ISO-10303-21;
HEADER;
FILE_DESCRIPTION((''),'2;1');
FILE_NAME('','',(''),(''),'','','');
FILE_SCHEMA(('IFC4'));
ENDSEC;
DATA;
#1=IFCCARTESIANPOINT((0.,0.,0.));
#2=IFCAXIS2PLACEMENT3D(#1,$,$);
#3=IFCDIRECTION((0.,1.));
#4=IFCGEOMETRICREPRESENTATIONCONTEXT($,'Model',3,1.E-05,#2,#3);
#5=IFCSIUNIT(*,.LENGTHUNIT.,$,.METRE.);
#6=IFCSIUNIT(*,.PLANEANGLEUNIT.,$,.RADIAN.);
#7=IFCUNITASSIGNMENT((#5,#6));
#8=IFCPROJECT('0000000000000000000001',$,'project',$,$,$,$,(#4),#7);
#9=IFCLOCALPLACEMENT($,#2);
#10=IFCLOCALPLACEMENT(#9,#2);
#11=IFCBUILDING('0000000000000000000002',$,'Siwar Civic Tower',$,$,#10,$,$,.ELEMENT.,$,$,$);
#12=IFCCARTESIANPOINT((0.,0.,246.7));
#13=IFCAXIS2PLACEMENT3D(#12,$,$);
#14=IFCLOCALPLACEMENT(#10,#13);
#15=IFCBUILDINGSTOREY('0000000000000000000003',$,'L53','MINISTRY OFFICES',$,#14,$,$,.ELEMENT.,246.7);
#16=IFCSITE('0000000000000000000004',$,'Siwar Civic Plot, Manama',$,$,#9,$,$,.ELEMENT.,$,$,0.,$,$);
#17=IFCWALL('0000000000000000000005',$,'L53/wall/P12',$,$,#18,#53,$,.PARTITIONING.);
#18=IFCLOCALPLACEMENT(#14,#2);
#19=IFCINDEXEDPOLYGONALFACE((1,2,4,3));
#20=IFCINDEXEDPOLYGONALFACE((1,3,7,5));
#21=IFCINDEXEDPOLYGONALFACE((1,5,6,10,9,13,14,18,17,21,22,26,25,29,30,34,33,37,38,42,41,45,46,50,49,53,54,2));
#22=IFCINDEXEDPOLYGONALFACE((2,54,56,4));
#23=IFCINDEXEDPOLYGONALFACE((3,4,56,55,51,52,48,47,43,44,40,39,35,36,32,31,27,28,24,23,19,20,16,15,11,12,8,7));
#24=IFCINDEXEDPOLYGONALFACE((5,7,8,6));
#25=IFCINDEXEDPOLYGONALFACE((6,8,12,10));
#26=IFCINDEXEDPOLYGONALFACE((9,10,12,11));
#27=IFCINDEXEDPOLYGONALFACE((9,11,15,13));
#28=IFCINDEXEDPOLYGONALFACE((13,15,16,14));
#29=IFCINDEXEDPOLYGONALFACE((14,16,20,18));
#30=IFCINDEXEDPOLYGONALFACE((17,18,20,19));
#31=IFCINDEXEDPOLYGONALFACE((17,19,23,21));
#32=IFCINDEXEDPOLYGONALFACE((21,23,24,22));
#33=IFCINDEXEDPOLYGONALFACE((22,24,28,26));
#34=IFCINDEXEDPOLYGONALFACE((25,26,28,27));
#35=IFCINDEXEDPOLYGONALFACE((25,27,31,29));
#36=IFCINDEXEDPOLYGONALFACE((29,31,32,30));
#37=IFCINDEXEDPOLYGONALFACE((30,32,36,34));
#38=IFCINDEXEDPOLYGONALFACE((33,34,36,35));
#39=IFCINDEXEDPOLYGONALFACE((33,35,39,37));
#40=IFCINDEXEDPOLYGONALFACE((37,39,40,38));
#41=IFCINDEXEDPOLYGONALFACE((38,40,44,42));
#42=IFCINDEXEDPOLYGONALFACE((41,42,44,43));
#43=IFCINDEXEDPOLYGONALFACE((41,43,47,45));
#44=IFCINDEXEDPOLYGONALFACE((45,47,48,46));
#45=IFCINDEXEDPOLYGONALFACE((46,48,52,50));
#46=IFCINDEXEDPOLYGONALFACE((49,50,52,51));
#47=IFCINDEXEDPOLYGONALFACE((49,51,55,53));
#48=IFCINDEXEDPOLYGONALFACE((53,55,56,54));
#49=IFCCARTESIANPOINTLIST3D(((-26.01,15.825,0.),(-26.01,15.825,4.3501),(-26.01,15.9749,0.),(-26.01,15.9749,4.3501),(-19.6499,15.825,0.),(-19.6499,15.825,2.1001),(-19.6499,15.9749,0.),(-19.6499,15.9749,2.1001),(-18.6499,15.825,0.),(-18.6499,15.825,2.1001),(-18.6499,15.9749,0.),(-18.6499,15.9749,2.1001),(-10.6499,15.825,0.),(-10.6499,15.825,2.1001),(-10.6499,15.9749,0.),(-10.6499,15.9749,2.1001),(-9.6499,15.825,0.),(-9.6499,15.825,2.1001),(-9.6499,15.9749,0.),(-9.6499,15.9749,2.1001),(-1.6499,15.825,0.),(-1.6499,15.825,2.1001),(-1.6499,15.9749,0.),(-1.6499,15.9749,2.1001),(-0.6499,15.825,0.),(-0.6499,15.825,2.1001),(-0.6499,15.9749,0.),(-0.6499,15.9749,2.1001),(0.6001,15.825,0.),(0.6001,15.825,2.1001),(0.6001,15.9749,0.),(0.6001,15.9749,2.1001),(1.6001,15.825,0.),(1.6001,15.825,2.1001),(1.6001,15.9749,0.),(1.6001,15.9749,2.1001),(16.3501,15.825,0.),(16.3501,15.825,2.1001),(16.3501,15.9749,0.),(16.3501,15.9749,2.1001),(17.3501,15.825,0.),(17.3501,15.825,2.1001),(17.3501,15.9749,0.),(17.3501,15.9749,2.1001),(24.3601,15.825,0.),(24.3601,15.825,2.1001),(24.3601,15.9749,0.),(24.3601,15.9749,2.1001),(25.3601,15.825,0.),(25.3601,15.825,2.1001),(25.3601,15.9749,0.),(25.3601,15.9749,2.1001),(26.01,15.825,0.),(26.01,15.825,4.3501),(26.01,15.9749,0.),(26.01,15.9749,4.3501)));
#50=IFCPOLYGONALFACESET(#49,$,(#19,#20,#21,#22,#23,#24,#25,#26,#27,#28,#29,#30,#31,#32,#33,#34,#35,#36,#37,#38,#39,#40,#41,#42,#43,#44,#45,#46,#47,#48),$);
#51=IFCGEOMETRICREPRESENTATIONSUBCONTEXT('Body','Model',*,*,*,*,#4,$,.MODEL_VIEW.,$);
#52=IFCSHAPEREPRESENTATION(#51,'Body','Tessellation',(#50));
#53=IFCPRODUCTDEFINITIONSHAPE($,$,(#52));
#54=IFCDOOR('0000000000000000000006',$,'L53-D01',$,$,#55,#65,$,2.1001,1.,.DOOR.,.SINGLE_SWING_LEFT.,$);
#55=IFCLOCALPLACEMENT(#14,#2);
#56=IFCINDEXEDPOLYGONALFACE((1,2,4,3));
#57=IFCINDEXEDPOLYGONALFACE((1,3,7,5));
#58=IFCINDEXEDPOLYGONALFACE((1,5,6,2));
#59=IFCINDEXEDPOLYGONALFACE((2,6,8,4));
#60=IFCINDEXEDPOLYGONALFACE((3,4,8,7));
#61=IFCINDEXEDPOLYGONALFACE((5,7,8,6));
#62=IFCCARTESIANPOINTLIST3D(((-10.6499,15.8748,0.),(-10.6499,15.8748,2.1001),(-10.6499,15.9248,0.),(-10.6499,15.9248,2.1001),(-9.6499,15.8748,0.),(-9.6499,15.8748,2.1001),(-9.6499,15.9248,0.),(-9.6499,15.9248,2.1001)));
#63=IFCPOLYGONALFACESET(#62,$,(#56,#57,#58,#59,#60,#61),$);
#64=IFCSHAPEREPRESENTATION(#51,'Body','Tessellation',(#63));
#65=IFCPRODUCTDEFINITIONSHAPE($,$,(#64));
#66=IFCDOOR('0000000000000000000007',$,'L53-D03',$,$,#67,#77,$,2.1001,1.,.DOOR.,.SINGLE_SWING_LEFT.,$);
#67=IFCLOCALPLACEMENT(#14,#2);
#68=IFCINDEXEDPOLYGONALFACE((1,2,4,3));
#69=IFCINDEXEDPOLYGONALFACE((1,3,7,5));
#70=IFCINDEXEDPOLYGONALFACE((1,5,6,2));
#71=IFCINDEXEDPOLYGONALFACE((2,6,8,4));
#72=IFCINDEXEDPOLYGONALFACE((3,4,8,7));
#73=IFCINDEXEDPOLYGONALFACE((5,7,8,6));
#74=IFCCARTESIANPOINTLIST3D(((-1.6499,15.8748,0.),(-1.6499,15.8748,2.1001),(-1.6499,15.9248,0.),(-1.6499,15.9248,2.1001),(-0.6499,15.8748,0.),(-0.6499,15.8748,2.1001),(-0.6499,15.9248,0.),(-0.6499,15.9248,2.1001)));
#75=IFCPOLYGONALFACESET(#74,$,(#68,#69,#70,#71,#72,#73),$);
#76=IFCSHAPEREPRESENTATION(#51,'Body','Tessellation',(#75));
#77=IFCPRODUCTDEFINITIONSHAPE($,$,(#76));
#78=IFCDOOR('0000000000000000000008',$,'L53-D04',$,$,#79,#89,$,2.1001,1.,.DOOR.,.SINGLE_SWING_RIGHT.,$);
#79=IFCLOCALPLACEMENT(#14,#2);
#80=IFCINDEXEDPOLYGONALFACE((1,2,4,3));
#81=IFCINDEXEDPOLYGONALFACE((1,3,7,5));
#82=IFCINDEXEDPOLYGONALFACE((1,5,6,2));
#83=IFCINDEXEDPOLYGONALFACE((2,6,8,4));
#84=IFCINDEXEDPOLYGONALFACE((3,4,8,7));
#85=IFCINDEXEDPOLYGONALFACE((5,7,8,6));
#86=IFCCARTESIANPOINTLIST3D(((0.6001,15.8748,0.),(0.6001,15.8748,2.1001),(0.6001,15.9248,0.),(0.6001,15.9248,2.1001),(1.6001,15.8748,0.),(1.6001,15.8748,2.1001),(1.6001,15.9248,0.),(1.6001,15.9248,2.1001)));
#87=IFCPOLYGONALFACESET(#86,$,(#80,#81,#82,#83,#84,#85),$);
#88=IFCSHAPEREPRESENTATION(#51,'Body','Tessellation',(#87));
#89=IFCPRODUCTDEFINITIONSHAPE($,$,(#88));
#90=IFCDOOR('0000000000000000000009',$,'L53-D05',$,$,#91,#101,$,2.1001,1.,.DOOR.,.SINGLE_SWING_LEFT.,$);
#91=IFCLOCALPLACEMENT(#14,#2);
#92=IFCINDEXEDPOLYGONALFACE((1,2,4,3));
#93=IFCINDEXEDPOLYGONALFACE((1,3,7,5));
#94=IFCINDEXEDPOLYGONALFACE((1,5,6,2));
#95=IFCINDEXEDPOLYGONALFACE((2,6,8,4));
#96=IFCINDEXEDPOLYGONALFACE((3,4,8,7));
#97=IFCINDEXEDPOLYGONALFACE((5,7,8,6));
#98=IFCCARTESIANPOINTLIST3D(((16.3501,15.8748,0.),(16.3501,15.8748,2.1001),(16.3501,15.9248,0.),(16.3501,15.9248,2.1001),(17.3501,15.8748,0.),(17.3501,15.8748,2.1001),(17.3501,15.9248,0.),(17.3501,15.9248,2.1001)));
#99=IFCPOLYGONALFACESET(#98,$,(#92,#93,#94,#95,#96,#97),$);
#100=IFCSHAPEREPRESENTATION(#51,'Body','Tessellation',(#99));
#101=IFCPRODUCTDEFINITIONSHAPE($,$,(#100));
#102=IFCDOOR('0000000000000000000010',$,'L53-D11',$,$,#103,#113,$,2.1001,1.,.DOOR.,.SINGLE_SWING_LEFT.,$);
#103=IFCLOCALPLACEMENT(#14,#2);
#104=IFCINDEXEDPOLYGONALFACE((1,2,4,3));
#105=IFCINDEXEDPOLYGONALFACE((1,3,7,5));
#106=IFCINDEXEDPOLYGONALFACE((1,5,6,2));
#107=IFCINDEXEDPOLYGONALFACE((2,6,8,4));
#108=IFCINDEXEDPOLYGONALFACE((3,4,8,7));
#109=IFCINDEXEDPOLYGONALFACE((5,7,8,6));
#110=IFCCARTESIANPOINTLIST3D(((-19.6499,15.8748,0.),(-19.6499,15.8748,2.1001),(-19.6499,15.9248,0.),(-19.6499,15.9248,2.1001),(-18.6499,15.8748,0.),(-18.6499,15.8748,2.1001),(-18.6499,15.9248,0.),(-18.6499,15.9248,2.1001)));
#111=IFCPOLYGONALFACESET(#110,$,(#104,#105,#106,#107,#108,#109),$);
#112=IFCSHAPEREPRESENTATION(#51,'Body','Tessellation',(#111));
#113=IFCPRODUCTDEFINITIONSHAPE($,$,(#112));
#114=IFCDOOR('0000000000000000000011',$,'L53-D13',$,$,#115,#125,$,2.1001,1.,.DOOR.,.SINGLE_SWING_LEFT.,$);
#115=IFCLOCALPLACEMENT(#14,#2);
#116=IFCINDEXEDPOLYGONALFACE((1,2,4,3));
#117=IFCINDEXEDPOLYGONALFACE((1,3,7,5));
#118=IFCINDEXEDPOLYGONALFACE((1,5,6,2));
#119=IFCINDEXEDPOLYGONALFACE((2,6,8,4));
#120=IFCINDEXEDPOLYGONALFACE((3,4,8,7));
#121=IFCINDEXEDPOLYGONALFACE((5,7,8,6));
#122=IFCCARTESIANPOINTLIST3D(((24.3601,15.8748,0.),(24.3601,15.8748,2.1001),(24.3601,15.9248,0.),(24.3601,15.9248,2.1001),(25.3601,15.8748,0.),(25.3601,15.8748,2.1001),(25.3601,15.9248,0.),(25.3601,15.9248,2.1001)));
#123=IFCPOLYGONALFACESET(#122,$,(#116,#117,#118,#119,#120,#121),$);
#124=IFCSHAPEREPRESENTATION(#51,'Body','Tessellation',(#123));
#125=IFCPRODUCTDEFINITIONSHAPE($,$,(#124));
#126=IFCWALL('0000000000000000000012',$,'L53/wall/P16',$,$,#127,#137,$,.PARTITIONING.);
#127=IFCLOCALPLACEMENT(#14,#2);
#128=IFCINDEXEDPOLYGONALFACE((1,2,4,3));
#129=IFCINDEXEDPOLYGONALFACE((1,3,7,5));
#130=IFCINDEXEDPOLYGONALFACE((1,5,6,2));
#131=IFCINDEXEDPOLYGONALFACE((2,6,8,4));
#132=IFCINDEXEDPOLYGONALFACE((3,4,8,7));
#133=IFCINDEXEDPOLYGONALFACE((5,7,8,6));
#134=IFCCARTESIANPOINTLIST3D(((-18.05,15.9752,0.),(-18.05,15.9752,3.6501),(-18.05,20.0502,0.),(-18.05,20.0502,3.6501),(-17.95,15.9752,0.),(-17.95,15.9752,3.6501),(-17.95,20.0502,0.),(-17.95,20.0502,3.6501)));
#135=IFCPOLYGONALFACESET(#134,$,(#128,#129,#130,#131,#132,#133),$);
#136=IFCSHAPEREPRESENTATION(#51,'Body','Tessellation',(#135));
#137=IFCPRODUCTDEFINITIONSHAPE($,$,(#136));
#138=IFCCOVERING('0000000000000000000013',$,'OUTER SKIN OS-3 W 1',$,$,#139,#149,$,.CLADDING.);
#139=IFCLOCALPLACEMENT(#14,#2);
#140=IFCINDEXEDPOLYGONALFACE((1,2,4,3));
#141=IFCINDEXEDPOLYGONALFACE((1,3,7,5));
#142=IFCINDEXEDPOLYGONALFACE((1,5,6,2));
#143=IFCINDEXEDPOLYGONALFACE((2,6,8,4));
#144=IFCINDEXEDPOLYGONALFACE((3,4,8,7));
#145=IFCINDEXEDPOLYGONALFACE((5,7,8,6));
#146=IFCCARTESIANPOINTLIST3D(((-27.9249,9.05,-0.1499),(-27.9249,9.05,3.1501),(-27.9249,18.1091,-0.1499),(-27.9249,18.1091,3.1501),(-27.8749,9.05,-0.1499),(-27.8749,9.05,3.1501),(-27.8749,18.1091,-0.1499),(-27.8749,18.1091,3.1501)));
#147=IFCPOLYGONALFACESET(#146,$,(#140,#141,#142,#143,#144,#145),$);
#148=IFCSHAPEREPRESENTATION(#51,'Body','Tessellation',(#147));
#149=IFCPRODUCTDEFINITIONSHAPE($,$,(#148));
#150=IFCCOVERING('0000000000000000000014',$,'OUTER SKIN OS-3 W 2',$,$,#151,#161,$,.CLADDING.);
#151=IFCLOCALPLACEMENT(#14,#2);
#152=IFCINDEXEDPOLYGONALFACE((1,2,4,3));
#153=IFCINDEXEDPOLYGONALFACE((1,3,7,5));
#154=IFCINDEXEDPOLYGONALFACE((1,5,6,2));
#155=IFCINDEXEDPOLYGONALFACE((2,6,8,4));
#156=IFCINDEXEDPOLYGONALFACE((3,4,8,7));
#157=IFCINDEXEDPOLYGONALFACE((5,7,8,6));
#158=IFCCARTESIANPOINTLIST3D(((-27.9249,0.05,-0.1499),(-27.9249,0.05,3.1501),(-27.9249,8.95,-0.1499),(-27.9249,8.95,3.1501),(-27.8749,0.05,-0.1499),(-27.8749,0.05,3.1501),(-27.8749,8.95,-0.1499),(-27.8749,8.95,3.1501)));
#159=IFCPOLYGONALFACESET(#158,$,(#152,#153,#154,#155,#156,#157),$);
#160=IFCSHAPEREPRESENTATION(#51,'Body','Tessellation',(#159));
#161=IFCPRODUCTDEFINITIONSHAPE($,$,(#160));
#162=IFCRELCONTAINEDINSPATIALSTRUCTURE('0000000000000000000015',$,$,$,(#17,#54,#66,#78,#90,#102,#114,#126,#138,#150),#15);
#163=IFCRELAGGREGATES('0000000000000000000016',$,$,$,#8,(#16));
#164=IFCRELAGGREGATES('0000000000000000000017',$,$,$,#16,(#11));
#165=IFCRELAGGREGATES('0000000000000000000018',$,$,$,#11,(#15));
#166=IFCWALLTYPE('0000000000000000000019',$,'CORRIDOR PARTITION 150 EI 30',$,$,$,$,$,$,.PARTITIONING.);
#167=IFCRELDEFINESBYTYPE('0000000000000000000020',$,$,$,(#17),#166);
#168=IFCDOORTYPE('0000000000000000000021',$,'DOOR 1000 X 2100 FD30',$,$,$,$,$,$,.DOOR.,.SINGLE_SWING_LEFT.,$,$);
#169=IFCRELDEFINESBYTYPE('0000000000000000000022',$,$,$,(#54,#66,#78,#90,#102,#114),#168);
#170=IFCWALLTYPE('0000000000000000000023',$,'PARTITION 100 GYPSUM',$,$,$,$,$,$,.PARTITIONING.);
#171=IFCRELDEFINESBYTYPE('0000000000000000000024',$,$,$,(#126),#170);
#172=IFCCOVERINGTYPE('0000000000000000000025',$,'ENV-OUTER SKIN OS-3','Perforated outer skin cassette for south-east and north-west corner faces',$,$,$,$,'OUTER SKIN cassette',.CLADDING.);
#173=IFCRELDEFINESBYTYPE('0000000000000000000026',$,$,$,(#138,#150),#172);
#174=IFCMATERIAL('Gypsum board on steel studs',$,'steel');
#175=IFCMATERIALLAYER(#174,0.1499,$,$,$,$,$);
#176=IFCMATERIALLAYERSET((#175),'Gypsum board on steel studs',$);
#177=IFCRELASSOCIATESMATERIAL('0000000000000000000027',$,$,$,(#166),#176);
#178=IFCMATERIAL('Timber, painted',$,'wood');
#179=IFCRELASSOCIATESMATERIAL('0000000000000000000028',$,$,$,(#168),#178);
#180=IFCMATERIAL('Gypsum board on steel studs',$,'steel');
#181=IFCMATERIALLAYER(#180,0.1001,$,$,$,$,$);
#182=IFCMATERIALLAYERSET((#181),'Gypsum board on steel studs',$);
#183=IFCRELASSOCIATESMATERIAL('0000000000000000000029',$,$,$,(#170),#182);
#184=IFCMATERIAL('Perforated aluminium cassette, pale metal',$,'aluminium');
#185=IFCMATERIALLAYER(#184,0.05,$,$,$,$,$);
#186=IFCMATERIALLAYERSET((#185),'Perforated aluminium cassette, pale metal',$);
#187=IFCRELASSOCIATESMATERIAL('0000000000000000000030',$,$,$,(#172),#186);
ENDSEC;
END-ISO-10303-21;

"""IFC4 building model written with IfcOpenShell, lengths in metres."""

from ifc_helpers import new_model, si_unit, direction, frame, frame_2d, origin, origin_2d, place, context, subcontext, project, spatial, rectangle, extrude, material, layer, layer_set, type_object, element, fill, save


model = new_model("IFC4")

# Units and contexts
model_context = context("Model", 3, precision=1e-05, world=origin(), true_north=direction((0.0, 1.0)))
body_context = subcontext(model_context, "Body", "Model", "MODEL_VIEW")
ifc_project = project(units=[si_unit("LENGTHUNIT", "METRE"), si_unit("PLANEANGLEUNIT", "RADIAN")], contexts=[model_context])

# Site, building, storey
site_placement = place(None, origin())
site = spatial("IfcSite", under=ifc_project, at=site_placement, Name="Siwar Civic Plot, Manama", CompositionType="ELEMENT", RefElevation=0.0)
building_placement = place(site_placement, origin())
building = spatial("IfcBuilding", under=site, at=building_placement, Name="Siwar Civic Tower", CompositionType="ELEMENT")
storey_placement = place(building_placement, frame((0.0, 0.0, 246.7)))
storey = spatial("IfcBuildingStorey", under=building, at=storey_placement, Name="L53", Description="MINISTRY OFFICES", CompositionType="ELEMENT", Elevation=246.7)

# Shared definitions
ifc_material_1 = material(Name="Gypsum board on steel studs", Category="steel")
ifc_layer_1 = layer(ifc_material_1, 0.1499)
ifc_layer_set_1 = layer_set([ifc_layer_1], Name="Gypsum board on steel studs")
wall_type_1 = type_object("IfcWallType", Name="CORRIDOR PARTITION 150 EI 30", PredefinedType="PARTITIONING", material=ifc_layer_set_1)

# Wall, openings, doors
wall_1_placement = place(storey_placement, frame((-26.01, 15.8999, 0.0), z_axis=(0.0, 0.0, 1.0), x_axis=(1.0, 0.0, 0.0)))
wall_1 = element("IfcWall", 1, at=wall_1_placement, inside=storey, type_object=wall_type_1, Name="L53/wall/P12", PredefinedType="PARTITIONING", context=body_context, shape_type="SweptSolid", body=[
    extrude(rectangle(XDim=52.02, YDim=0.1499, at=frame_2d((26.01, 0.0))), origin(), (0.0, 0.0, 1.0), 4.3501),
])
opening_1_placement = place(wall_1_placement, frame((15.3601, 0.0, 0.0)))
opening_1 = element("IfcOpeningElement", 2, at=opening_1_placement, cuts=wall_1, PredefinedType="OPENING", context=body_context, shape_type="SweptSolid", body=[
    extrude(rectangle(XDim=1.0, YDim=2.1001, at=frame_2d((0.5, 1.05))), frame((0.0, 0.085, 0.0), z_axis=(0.0, -1.0, 0.0), x_axis=(1.0, 0.0, 0.0)), (0.0, 0.0, 1.0), 0.1699),
])
opening_2_placement = place(wall_1_placement, frame((24.3601, 0.0, 0.0)))
opening_2 = element("IfcOpeningElement", 3, at=opening_2_placement, cuts=wall_1, PredefinedType="OPENING", context=body_context, shape_type="SweptSolid", body=[
    extrude(rectangle(XDim=1.0, YDim=2.1001, at=frame_2d((0.5, 1.05))), frame((0.0, 0.085, 0.0), z_axis=(0.0, -1.0, 0.0), x_axis=(1.0, 0.0, 0.0)), (0.0, 0.0, 1.0), 0.1699),
])
opening_3_placement = place(wall_1_placement, frame((26.6101, 0.0, 0.0)))
opening_3 = element("IfcOpeningElement", 4, at=opening_3_placement, cuts=wall_1, PredefinedType="OPENING", context=body_context, shape_type="SweptSolid", body=[
    extrude(rectangle(XDim=1.0, YDim=2.1001, at=frame_2d((0.5, 1.05))), frame((0.0, 0.085, 0.0), z_axis=(0.0, -1.0, 0.0), x_axis=(1.0, 0.0, 0.0)), (0.0, 0.0, 1.0), 0.1699),
])
opening_4_placement = place(wall_1_placement, frame((42.3601, 0.0, 0.0)))
opening_4 = element("IfcOpeningElement", 5, at=opening_4_placement, cuts=wall_1, PredefinedType="OPENING", context=body_context, shape_type="SweptSolid", body=[
    extrude(rectangle(XDim=1.0, YDim=2.1001, at=frame_2d((0.5, 1.05))), frame((0.0, 0.085, 0.0), z_axis=(0.0, -1.0, 0.0), x_axis=(1.0, 0.0, 0.0)), (0.0, 0.0, 1.0), 0.1699),
])
opening_5_placement = place(wall_1_placement, frame((6.3601, 0.0, 0.0)))
opening_5 = element("IfcOpeningElement", 6, at=opening_5_placement, cuts=wall_1, PredefinedType="OPENING", context=body_context, shape_type="SweptSolid", body=[
    extrude(rectangle(XDim=1.0, YDim=2.1001, at=frame_2d((0.5, 1.05))), frame((0.0, 0.085, 0.0), z_axis=(0.0, -1.0, 0.0), x_axis=(1.0, 0.0, 0.0)), (0.0, 0.0, 1.0), 0.1699),
])
opening_6_placement = place(wall_1_placement, frame((50.3701, 0.0, 0.0)))
opening_6 = element("IfcOpeningElement", 7, at=opening_6_placement, cuts=wall_1, PredefinedType="OPENING", context=body_context, shape_type="SweptSolid", body=[
    extrude(rectangle(XDim=1.0, YDim=2.1001, at=frame_2d((0.5, 1.05))), frame((0.0, 0.085, 0.0), z_axis=(0.0, -1.0, 0.0), x_axis=(1.0, 0.0, 0.0)), (0.0, 0.0, 1.0), 0.1699),
])
ifc_material_2 = material(Name="Timber, painted", Category="wood")
door_type = type_object("IfcDoorType", Name="DOOR 1000 X 2100 FD30", OperationType="SINGLE_SWING_LEFT", PredefinedType="DOOR", material=ifc_material_2)
door_1_placement = place(opening_1_placement, origin())
door_1 = element("IfcDoor", 8, at=door_1_placement, inside=storey, type_object=door_type, Name="L53-D01", OperationType="SINGLE_SWING_LEFT", OverallHeight=2.1001, OverallWidth=1.0, PredefinedType="DOOR", context=body_context, shape_type="SweptSolid", body=[
    extrude(rectangle(XDim=1.0, YDim=2.1001, at=frame_2d((0.5, 1.05))), frame((0.0, 0.0249, 0.0), z_axis=(0.0, -1.0, 0.0), x_axis=(1.0, 0.0, 0.0)), (0.0, 0.0, 1.0), 0.05),
])
fill(opening_1, door_1)
door_2_placement = place(opening_2_placement, origin())
door_2 = element("IfcDoor", 9, at=door_2_placement, inside=storey, type_object=door_type, Name="L53-D03", OperationType="SINGLE_SWING_LEFT", OverallHeight=2.1001, OverallWidth=1.0, PredefinedType="DOOR", context=body_context, shape_type="SweptSolid", body=[
    extrude(rectangle(XDim=1.0, YDim=2.1001, at=frame_2d((0.5, 1.05))), frame((0.0, 0.0249, 0.0), z_axis=(0.0, -1.0, 0.0), x_axis=(1.0, 0.0, 0.0)), (0.0, 0.0, 1.0), 0.05),
])
fill(opening_2, door_2)
door_3_placement = place(opening_3_placement, origin())
door_3 = element("IfcDoor", 10, at=door_3_placement, inside=storey, type_object=door_type, Name="L53-D04", OperationType="SINGLE_SWING_RIGHT", OverallHeight=2.1001, OverallWidth=1.0, PredefinedType="DOOR", context=body_context, shape_type="SweptSolid", body=[
    extrude(rectangle(XDim=1.0, YDim=2.1001, at=frame_2d((0.5, 1.05))), frame((0.0, 0.0249, 0.0), z_axis=(0.0, -1.0, 0.0), x_axis=(1.0, 0.0, 0.0)), (0.0, 0.0, 1.0), 0.05),
])
fill(opening_3, door_3)
door_4_placement = place(opening_4_placement, origin())
door_4 = element("IfcDoor", 11, at=door_4_placement, inside=storey, type_object=door_type, Name="L53-D05", OperationType="SINGLE_SWING_LEFT", OverallHeight=2.1001, OverallWidth=1.0, PredefinedType="DOOR", context=body_context, shape_type="SweptSolid", body=[
    extrude(rectangle(XDim=1.0, YDim=2.1001, at=frame_2d((0.5, 1.05))), frame((0.0, 0.0249, 0.0), z_axis=(0.0, -1.0, 0.0), x_axis=(1.0, 0.0, 0.0)), (0.0, 0.0, 1.0), 0.05),
])
fill(opening_4, door_4)
door_5_placement = place(opening_5_placement, origin())
door_5 = element("IfcDoor", 12, at=door_5_placement, inside=storey, type_object=door_type, Name="L53-D11", OperationType="SINGLE_SWING_LEFT", OverallHeight=2.1001, OverallWidth=1.0, PredefinedType="DOOR", context=body_context, shape_type="SweptSolid", body=[
    extrude(rectangle(XDim=1.0, YDim=2.1001, at=frame_2d((0.5, 1.05))), frame((0.0, 0.0249, 0.0), z_axis=(0.0, -1.0, 0.0), x_axis=(1.0, 0.0, 0.0)), (0.0, 0.0, 1.0), 0.05),
])
fill(opening_5, door_5)
door_6_placement = place(opening_6_placement, origin())
door_6 = element("IfcDoor", 13, at=door_6_placement, inside=storey, type_object=door_type, Name="L53-D13", OperationType="SINGLE_SWING_LEFT", OverallHeight=2.1001, OverallWidth=1.0, PredefinedType="DOOR", context=body_context, shape_type="SweptSolid", body=[
    extrude(rectangle(XDim=1.0, YDim=2.1001, at=frame_2d((0.5, 1.05))), frame((0.0, 0.0249, 0.0), z_axis=(0.0, -1.0, 0.0), x_axis=(1.0, 0.0, 0.0)), (0.0, 0.0, 1.0), 0.05),
])
fill(opening_6, door_6)

# Wall
ifc_material_3 = material(Name="Gypsum board on steel studs", Category="steel")
ifc_layer_2 = layer(ifc_material_3, 0.1001)
ifc_layer_set_2 = layer_set([ifc_layer_2], Name="Gypsum board on steel studs")
wall_type_2 = type_object("IfcWallType", Name="PARTITION 100 GYPSUM", PredefinedType="PARTITIONING", material=ifc_layer_set_2)
wall_2_placement = place(storey_placement, frame((-18.0, 15.9751, 0.0), z_axis=(0.0, 0.0, 1.0), x_axis=(0.0, 1.0, 0.0)))
element("IfcWall", 14, at=wall_2_placement, inside=storey, type_object=wall_type_2, Name="L53/wall/P16", PredefinedType="PARTITIONING", context=body_context, shape_type="SweptSolid", body=[
    extrude(rectangle(XDim=4.075, YDim=0.1001, at=frame_2d((2.0376, 0.0))), origin(), (0.0, 0.0, 1.0), 3.6501),
])

# Coverings
ifc_material_4 = material(Name="Perforated aluminium cassette, pale metal", Category="aluminium")
ifc_layer_3 = layer(ifc_material_4, 0.05)
ifc_layer_set_3 = layer_set([ifc_layer_3], Name="Perforated aluminium cassette, pale metal")
covering_type = type_object("IfcCoveringType", Name="ENV-OUTER SKIN OS-3", Description="Perforated outer skin cassette for south-east and north-west corner faces", ElementType="OUTER SKIN cassette", PredefinedType="CLADDING", material=ifc_layer_set_3)
covering_1_placement = place(storey_placement, frame((-27.8999, 13.5796, -0.1499), z_axis=(0.0, 0.0, 1.0), x_axis=(0.0, -1.0, 0.0)))
element("IfcCovering", 15, at=covering_1_placement, inside=storey, type_object=covering_type, Name="OUTER SKIN OS-3 W 1", PredefinedType="CLADDING", context=body_context, shape_type="SweptSolid", body=[
    extrude(rectangle(XDim=9.0591, YDim=0.05, at=origin_2d()), origin(), (0.0, 0.0, 1.0), 3.3),
])
covering_2_placement = place(storey_placement, frame((-27.8999, 4.5, -0.1499), z_axis=(0.0, 0.0, 1.0), x_axis=(0.0, -1.0, 0.0)))
element("IfcCovering", 16, at=covering_2_placement, inside=storey, type_object=covering_type, Name="OUTER SKIN OS-3 W 2", PredefinedType="CLADDING", context=body_context, shape_type="SweptSolid", body=[
    extrude(rectangle(XDim=8.8999, YDim=0.05, at=origin_2d()), origin(), (0.0, 0.0, 1.0), 3.3),
])

save(model, "model.ifc")
